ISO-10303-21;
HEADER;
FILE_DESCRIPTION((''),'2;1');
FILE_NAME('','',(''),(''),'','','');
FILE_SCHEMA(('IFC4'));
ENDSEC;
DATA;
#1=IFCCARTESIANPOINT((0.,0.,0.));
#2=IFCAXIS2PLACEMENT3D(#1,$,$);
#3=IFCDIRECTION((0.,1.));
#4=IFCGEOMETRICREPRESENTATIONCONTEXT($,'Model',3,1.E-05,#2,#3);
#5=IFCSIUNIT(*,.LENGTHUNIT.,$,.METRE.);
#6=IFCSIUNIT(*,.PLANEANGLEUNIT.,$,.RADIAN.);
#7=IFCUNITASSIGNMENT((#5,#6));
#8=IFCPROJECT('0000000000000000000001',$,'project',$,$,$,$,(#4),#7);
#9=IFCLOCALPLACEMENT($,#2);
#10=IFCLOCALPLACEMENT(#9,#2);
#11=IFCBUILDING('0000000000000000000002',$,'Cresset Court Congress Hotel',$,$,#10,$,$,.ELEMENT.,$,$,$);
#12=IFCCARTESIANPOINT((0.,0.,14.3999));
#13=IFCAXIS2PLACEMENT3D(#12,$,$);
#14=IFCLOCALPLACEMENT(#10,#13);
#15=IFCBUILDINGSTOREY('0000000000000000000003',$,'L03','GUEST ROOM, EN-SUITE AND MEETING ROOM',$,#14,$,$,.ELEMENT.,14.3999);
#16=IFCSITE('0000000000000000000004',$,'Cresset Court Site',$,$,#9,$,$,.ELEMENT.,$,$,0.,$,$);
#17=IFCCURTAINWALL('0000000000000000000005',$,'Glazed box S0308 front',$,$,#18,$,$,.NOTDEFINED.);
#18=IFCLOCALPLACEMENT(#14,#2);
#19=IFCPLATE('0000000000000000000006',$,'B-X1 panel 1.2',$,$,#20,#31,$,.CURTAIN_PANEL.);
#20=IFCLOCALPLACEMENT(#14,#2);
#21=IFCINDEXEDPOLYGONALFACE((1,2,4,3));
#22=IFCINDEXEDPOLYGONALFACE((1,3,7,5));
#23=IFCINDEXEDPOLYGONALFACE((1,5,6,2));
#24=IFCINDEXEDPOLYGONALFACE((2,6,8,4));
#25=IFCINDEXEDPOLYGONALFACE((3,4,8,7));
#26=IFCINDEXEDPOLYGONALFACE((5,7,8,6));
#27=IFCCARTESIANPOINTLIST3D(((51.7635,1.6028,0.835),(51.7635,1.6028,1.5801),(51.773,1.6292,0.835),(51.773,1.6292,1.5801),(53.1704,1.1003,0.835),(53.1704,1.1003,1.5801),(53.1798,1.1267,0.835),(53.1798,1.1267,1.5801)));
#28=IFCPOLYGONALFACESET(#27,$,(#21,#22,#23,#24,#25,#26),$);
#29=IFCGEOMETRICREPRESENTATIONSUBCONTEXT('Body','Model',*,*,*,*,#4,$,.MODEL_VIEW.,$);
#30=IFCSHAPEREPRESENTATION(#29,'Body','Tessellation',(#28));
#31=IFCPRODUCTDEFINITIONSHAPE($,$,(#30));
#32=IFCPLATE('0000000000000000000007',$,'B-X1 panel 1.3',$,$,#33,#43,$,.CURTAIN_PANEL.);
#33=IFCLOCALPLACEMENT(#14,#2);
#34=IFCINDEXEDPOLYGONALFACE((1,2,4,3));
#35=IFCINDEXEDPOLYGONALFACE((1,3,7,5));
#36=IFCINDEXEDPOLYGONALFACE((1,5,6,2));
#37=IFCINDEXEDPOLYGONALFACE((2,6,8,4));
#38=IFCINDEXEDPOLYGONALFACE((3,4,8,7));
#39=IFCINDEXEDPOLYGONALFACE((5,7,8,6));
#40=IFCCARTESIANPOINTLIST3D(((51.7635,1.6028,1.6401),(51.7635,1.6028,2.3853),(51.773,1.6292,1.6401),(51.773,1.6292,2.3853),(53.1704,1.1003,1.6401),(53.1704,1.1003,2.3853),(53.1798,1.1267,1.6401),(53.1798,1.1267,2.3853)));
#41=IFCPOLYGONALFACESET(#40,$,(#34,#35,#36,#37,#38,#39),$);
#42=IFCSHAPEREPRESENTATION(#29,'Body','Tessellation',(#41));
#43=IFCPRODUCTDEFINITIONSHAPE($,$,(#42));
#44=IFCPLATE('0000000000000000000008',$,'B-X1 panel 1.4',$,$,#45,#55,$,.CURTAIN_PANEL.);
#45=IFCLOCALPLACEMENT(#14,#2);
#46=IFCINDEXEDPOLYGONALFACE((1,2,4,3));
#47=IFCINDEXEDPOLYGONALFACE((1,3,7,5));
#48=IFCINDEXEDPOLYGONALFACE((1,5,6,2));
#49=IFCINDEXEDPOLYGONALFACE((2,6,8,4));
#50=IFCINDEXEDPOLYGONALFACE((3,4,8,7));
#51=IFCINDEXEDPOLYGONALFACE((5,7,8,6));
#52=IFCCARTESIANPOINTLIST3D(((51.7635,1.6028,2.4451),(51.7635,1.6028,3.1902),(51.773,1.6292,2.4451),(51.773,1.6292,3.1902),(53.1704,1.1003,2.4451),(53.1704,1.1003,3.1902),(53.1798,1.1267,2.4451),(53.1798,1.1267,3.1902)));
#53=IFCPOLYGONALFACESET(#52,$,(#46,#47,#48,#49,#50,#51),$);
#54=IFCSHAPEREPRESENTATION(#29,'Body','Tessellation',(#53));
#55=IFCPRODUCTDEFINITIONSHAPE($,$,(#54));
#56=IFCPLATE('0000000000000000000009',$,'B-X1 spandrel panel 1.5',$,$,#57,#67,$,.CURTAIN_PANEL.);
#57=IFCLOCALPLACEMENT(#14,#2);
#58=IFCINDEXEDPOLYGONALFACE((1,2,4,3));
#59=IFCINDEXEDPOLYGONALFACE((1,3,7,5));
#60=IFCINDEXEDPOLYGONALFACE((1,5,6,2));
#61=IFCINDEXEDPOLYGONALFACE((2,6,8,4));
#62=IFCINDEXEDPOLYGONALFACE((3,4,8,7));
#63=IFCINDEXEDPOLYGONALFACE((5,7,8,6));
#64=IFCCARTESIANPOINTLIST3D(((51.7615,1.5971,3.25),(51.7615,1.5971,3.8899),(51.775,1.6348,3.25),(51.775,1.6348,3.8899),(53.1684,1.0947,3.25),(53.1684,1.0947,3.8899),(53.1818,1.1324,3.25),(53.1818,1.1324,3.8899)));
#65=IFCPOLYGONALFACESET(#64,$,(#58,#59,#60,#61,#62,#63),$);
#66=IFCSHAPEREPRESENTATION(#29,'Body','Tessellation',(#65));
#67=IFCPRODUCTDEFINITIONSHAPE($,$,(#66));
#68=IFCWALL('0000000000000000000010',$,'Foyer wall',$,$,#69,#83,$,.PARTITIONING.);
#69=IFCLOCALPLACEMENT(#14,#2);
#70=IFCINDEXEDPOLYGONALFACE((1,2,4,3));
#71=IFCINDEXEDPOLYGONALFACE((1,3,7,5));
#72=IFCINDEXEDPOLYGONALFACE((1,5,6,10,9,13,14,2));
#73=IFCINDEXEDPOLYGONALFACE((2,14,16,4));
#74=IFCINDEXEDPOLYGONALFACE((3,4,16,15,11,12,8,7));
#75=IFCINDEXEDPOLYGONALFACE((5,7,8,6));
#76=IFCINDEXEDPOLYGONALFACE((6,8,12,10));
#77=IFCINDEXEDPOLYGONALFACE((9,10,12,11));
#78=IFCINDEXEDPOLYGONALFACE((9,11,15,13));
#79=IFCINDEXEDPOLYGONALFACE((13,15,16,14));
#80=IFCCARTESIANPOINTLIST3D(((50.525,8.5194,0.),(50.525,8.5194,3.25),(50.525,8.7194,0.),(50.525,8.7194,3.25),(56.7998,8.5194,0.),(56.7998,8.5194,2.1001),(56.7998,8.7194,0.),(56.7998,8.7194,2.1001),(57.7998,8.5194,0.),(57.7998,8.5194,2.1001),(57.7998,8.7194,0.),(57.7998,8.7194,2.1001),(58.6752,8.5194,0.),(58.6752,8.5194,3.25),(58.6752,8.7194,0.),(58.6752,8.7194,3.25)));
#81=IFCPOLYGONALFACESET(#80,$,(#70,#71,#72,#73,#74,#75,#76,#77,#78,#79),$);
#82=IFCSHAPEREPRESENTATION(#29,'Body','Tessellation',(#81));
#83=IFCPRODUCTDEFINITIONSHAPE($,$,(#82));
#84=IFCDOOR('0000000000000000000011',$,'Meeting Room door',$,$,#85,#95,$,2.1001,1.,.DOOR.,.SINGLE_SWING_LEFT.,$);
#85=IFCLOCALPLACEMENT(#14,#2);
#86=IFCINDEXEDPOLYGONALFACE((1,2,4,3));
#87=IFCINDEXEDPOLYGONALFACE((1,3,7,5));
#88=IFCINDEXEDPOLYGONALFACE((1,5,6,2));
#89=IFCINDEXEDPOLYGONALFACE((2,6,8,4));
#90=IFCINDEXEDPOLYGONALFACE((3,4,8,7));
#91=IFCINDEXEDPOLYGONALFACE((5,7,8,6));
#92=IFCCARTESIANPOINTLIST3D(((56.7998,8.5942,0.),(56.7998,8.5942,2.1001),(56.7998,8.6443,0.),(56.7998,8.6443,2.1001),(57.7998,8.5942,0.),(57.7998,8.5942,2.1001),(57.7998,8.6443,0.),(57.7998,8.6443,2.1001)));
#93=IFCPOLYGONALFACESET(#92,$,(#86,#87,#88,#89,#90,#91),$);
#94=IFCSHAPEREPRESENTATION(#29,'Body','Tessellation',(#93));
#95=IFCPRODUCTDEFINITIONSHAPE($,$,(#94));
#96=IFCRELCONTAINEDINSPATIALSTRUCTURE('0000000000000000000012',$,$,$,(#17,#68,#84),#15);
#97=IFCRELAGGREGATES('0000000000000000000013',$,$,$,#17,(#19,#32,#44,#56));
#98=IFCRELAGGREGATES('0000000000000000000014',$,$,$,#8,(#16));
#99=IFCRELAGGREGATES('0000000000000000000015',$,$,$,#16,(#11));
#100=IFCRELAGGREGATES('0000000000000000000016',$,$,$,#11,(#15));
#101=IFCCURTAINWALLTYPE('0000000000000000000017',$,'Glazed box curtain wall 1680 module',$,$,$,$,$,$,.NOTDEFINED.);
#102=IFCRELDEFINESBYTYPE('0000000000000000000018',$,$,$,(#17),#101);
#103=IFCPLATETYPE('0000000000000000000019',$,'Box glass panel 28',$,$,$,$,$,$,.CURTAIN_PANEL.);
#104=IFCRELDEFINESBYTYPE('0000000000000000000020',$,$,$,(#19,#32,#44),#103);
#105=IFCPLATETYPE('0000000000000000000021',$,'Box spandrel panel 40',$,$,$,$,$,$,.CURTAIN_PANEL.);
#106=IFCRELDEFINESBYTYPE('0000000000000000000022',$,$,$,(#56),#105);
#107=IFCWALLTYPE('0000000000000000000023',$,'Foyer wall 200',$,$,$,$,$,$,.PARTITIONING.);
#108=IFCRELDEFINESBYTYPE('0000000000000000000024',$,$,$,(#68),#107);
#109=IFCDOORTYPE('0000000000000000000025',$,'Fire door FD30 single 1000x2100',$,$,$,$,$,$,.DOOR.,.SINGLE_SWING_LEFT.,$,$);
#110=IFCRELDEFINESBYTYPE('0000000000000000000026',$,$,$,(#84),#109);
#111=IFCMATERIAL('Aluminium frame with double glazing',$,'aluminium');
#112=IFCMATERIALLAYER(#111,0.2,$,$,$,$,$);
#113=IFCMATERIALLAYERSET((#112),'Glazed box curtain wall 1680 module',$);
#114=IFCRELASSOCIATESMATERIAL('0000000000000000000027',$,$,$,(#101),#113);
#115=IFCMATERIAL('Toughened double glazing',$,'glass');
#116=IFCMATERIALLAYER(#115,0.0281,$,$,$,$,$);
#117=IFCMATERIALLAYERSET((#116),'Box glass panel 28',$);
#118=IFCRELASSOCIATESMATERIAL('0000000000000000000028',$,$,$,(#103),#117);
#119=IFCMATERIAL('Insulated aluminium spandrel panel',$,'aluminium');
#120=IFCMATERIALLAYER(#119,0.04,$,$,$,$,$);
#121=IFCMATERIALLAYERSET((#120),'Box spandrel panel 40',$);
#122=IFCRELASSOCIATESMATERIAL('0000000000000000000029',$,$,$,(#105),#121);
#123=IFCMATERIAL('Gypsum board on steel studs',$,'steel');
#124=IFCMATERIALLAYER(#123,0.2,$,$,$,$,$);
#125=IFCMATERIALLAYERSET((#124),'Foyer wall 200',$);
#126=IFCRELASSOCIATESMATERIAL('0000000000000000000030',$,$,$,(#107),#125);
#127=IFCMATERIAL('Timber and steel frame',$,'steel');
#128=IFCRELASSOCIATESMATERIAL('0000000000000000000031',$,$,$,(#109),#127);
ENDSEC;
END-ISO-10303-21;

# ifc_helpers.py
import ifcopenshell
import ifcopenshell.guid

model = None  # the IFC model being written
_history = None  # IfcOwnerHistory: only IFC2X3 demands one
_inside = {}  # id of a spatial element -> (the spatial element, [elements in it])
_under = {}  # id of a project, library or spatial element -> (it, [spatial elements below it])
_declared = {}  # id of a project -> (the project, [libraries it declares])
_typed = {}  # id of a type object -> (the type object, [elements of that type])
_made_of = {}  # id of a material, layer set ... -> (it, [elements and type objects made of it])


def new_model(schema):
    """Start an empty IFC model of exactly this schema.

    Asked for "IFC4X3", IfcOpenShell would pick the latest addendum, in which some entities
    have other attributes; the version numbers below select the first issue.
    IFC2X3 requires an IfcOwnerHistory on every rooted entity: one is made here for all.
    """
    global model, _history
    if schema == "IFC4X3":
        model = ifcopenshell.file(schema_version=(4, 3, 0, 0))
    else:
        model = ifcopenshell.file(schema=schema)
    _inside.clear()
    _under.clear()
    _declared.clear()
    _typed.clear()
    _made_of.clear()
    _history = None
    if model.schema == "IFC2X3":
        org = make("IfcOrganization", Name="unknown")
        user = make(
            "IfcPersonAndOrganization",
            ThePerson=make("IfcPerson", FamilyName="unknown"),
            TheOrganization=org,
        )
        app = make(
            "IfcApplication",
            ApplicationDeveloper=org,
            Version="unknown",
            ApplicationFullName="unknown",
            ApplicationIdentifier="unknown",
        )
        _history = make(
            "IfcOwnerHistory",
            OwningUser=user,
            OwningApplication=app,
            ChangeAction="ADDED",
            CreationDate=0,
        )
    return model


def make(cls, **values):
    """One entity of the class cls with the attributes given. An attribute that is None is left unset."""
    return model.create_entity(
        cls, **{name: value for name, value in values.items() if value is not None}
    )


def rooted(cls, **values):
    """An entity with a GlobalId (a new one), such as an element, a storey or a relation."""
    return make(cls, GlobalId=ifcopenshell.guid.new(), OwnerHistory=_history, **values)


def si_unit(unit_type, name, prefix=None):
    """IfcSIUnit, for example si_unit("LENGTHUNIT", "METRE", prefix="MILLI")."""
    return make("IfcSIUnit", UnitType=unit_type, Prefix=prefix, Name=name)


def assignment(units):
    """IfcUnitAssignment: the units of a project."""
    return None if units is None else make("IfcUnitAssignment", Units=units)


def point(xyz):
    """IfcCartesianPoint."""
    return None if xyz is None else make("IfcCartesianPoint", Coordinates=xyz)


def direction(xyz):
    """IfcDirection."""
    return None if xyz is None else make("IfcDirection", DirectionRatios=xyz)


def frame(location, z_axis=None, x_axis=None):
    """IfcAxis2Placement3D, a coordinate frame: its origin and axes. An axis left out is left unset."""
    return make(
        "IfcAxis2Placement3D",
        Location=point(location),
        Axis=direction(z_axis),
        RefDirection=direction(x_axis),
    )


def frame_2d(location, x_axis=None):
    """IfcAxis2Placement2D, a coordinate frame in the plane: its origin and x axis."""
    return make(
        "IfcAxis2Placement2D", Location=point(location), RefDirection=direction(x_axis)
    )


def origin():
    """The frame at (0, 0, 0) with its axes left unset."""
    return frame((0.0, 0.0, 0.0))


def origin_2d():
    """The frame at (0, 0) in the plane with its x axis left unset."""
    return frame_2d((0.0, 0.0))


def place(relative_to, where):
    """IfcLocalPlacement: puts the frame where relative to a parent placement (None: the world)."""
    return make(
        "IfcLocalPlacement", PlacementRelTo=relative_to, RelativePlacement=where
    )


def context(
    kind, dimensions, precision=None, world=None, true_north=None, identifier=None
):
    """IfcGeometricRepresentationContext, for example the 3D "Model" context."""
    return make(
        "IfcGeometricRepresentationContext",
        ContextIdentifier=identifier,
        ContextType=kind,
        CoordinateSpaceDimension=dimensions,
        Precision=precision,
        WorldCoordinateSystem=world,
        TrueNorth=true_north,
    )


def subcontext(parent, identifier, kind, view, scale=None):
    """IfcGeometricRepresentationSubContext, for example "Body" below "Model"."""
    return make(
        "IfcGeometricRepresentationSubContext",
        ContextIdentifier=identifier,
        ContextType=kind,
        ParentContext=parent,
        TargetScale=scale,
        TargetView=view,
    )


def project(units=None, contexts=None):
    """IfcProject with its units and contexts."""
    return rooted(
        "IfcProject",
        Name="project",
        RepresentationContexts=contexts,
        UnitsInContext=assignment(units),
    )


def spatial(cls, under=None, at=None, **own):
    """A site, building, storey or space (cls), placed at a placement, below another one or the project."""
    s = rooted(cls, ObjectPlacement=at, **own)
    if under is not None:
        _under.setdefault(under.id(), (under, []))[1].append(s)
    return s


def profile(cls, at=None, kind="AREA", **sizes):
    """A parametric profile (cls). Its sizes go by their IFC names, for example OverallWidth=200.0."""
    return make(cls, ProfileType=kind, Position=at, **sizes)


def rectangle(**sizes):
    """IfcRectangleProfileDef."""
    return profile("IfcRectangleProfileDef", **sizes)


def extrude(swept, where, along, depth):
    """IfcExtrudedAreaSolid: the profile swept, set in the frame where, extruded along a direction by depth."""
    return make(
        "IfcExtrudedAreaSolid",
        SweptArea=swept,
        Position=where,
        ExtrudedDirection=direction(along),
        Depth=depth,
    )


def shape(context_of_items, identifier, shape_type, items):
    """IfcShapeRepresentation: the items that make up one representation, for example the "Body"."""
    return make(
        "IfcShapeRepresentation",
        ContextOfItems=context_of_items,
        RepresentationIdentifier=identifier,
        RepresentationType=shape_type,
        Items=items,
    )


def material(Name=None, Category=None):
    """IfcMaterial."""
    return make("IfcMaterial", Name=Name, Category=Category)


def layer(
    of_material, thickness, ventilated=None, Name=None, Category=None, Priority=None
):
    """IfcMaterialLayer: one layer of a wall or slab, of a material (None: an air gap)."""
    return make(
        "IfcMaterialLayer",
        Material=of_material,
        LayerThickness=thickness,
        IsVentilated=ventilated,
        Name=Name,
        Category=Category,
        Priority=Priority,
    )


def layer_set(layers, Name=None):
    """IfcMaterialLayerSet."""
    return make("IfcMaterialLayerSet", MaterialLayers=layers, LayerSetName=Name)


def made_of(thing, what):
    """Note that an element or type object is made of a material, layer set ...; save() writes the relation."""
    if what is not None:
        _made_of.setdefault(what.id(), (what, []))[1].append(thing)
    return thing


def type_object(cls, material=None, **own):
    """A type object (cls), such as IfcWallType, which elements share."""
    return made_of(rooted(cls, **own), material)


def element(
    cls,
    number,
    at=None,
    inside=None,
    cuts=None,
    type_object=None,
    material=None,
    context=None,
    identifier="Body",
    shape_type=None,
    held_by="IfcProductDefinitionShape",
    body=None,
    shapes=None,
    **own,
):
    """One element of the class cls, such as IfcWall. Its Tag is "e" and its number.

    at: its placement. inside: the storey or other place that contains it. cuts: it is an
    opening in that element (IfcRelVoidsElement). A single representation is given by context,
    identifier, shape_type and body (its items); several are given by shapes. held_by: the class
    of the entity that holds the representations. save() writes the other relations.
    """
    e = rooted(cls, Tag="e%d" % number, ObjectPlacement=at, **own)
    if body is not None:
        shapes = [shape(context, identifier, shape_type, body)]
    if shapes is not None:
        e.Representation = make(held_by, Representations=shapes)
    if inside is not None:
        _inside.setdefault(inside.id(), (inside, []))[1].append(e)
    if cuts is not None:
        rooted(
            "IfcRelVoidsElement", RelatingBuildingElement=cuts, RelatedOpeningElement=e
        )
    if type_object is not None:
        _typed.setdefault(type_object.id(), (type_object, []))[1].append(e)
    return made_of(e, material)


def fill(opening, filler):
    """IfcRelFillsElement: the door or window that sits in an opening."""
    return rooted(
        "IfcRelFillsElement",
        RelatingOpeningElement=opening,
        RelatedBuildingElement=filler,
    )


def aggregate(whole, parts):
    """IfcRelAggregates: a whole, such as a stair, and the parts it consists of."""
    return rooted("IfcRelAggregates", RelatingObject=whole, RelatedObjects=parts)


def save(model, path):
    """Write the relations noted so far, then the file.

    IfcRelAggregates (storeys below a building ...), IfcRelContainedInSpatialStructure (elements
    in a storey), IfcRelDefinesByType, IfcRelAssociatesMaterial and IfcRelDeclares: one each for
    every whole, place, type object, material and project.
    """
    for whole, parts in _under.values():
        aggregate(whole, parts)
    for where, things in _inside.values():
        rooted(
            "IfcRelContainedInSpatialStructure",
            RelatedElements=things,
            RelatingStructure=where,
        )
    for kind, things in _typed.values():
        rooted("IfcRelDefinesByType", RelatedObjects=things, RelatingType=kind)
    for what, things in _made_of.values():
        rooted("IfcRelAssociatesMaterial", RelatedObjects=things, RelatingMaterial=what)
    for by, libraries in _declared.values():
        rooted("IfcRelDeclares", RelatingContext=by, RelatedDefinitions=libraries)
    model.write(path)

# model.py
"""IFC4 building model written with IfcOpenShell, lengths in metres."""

from ifc_helpers import new_model, si_unit, direction, frame, frame_2d, origin, origin_2d, place, context, subcontext, project, spatial, rectangle, extrude, material, layer, layer_set, type_object, element, fill, aggregate, save


model = new_model("IFC4")

# Units and contexts
model_context = context("Model", 3, precision=1e-05, world=origin(), true_north=direction((0.0, 1.0)))
body_context = subcontext(model_context, "Body", "Model", "MODEL_VIEW")
ifc_project = project(units=[si_unit("LENGTHUNIT", "METRE"), si_unit("PLANEANGLEUNIT", "RADIAN")], contexts=[model_context])

# Site, building, storey
site_placement = place(None, origin())
site = spatial("IfcSite", under=ifc_project, at=site_placement, Name="Cresset Court Site", CompositionType="ELEMENT", RefElevation=0.0)
building_placement = place(site_placement, origin())
building = spatial("IfcBuilding", under=site, at=building_placement, Name="Cresset Court Congress Hotel", CompositionType="ELEMENT")
storey_placement = place(building_placement, frame((0.0, 0.0, 14.3999)))
storey = spatial("IfcBuildingStorey", under=building, at=storey_placement, Name="L03", Description="GUEST ROOM, EN-SUITE AND MEETING ROOM", CompositionType="ELEMENT", Elevation=14.3999)

# Curtain wall
ifc_material_1 = material(Name="Aluminium frame with double glazing", Category="aluminium")
ifc_layer_1 = layer(ifc_material_1, 0.2)
ifc_layer_set_1 = layer_set([ifc_layer_1], Name="Glazed box curtain wall 1680 module")
curtain_wall_type = type_object("IfcCurtainWallType", Name="Glazed box curtain wall 1680 module", PredefinedType="NOTDEFINED", material=ifc_layer_set_1)
curtain_wall_1_placement = place(storey_placement, origin())
curtain_wall_1 = element("IfcCurtainWall", 1, at=curtain_wall_1_placement, inside=storey, type_object=curtain_wall_type, Name="Glazed box S0308 front", PredefinedType="NOTDEFINED")

# Plates
ifc_material_2 = material(Name="Toughened double glazing", Category="glass")
ifc_layer_2 = layer(ifc_material_2, 0.0281)
ifc_layer_set_2 = layer_set([ifc_layer_2], Name="Box glass panel 28")
plate_type_1 = type_object("IfcPlateType", Name="Box glass panel 28", PredefinedType="CURTAIN_PANEL", material=ifc_layer_set_2)
plate_1_placement = place(storey_placement, frame((52.4717, 1.3647, 0.835), z_axis=(0.0, 0.0, 1.0), x_axis=(0.941742, -0.336336, 0.0)))
plate_1 = element("IfcPlate", 2, at=plate_1_placement, type_object=plate_type_1, Name="B-X1 panel 1.2", PredefinedType="CURTAIN_PANEL", context=body_context, shape_type="SweptSolid", body=[
    extrude(rectangle(XDim=1.4939, YDim=0.0281, at=origin_2d()), origin(), (0.0, 0.0, 1.0), 0.7451),
])
plate_2_placement = place(storey_placement, frame((52.4717, 1.3647, 1.6401), z_axis=(0.0, 0.0, 1.0), x_axis=(0.941742, -0.336336, 0.0)))
plate_2 = element("IfcPlate", 3, at=plate_2_placement, type_object=plate_type_1, Name="B-X1 panel 1.3", PredefinedType="CURTAIN_PANEL", context=body_context, shape_type="SweptSolid", body=[
    extrude(rectangle(XDim=1.4939, YDim=0.0281, at=origin_2d()), origin(), (0.0, 0.0, 1.0), 0.7451),
])
plate_3_placement = place(storey_placement, frame((52.4717, 1.3647, 2.4451), z_axis=(0.0, 0.0, 1.0), x_axis=(0.941742, -0.336336, 0.0)))
plate_3 = element("IfcPlate", 4, at=plate_3_placement, type_object=plate_type_1, Name="B-X1 panel 1.4", PredefinedType="CURTAIN_PANEL", context=body_context, shape_type="SweptSolid", body=[
    extrude(rectangle(XDim=1.4939, YDim=0.0281, at=origin_2d()), origin(), (0.0, 0.0, 1.0), 0.7451),
])
ifc_material_3 = material(Name="Insulated aluminium spandrel panel", Category="aluminium")
ifc_layer_3 = layer(ifc_material_3, 0.04)
ifc_layer_set_3 = layer_set([ifc_layer_3], Name="Box spandrel panel 40")
plate_type_2 = type_object("IfcPlateType", Name="Box spandrel panel 40", PredefinedType="CURTAIN_PANEL", material=ifc_layer_set_3)
plate_4_placement = place(storey_placement, frame((52.4717, 1.3647, 3.25), z_axis=(0.0, 0.0, 1.0), x_axis=(0.941742, -0.336336, 0.0)))
plate_4 = element("IfcPlate", 5, at=plate_4_placement, type_object=plate_type_2, Name="B-X1 spandrel panel 1.5", PredefinedType="CURTAIN_PANEL", context=body_context, shape_type="SweptSolid", body=[
    extrude(rectangle(XDim=1.4939, YDim=0.04, at=origin_2d()), origin(), (0.0, 0.0, 1.0), 0.6399),
])
aggregate(curtain_wall_1, [plate_1, plate_2, plate_3, plate_4])

# Wall, opening, door
ifc_material_4 = material(Name="Gypsum board on steel studs", Category="steel")
ifc_layer_4 = layer(ifc_material_4, 0.2)
ifc_layer_set_4 = layer_set([ifc_layer_4], Name="Foyer wall 200")
wall_type = type_object("IfcWallType", Name="Foyer wall 200", PredefinedType="PARTITIONING", material=ifc_layer_set_4)
wall_placement = place(storey_placement, frame((50.5249, 8.6194, 0.0), z_axis=(0.0, 0.0, 1.0), x_axis=(1.0, 0.0, 0.0)))
wall = element("IfcWall", 6, at=wall_placement, inside=storey, type_object=wall_type, Name="Foyer wall", PredefinedType="PARTITIONING", context=body_context, shape_type="SweptSolid", body=[
    extrude(rectangle(XDim=8.1501, YDim=0.2, at=frame_2d((4.0752, 0.0))), origin(), (0.0, 0.0, 1.0), 3.25),
])
opening_placement = place(wall_placement, frame((6.2749, 0.0, 0.0)))
opening = element("IfcOpeningElement", 7, at=opening_placement, cuts=wall, PredefinedType="OPENING", context=body_context, shape_type="SweptSolid", body=[
    extrude(rectangle(XDim=1.0, YDim=2.1001, at=frame_2d((0.5, 1.05))), frame((0.0, 0.1099, 0.0), z_axis=(0.0, -1.0, 0.0), x_axis=(1.0, 0.0, 0.0)), (0.0, 0.0, 1.0), 0.22),
])
ifc_material_5 = material(Name="Timber and steel frame", Category="steel")
door_type = type_object("IfcDoorType", Name="Fire door FD30 single 1000x2100", OperationType="SINGLE_SWING_LEFT", PredefinedType="DOOR", material=ifc_material_5)
door_placement = place(opening_placement, origin())
door = element("IfcDoor", 8, at=door_placement, inside=storey, type_object=door_type, Name="Meeting Room door", OperationType="SINGLE_SWING_LEFT", OverallHeight=2.1001, OverallWidth=1.0, PredefinedType="DOOR", context=body_context, shape_type="SweptSolid", body=[
    extrude(rectangle(XDim=1.0, YDim=2.1001, at=frame_2d((0.5, 1.05))), frame((0.0, 0.0249, 0.0), z_axis=(0.0, -1.0, 0.0), x_axis=(1.0, 0.0, 0.0)), (0.0, 0.0, 1.0), 0.05),
])
fill(opening, door)

save(model, "model.ifc")
